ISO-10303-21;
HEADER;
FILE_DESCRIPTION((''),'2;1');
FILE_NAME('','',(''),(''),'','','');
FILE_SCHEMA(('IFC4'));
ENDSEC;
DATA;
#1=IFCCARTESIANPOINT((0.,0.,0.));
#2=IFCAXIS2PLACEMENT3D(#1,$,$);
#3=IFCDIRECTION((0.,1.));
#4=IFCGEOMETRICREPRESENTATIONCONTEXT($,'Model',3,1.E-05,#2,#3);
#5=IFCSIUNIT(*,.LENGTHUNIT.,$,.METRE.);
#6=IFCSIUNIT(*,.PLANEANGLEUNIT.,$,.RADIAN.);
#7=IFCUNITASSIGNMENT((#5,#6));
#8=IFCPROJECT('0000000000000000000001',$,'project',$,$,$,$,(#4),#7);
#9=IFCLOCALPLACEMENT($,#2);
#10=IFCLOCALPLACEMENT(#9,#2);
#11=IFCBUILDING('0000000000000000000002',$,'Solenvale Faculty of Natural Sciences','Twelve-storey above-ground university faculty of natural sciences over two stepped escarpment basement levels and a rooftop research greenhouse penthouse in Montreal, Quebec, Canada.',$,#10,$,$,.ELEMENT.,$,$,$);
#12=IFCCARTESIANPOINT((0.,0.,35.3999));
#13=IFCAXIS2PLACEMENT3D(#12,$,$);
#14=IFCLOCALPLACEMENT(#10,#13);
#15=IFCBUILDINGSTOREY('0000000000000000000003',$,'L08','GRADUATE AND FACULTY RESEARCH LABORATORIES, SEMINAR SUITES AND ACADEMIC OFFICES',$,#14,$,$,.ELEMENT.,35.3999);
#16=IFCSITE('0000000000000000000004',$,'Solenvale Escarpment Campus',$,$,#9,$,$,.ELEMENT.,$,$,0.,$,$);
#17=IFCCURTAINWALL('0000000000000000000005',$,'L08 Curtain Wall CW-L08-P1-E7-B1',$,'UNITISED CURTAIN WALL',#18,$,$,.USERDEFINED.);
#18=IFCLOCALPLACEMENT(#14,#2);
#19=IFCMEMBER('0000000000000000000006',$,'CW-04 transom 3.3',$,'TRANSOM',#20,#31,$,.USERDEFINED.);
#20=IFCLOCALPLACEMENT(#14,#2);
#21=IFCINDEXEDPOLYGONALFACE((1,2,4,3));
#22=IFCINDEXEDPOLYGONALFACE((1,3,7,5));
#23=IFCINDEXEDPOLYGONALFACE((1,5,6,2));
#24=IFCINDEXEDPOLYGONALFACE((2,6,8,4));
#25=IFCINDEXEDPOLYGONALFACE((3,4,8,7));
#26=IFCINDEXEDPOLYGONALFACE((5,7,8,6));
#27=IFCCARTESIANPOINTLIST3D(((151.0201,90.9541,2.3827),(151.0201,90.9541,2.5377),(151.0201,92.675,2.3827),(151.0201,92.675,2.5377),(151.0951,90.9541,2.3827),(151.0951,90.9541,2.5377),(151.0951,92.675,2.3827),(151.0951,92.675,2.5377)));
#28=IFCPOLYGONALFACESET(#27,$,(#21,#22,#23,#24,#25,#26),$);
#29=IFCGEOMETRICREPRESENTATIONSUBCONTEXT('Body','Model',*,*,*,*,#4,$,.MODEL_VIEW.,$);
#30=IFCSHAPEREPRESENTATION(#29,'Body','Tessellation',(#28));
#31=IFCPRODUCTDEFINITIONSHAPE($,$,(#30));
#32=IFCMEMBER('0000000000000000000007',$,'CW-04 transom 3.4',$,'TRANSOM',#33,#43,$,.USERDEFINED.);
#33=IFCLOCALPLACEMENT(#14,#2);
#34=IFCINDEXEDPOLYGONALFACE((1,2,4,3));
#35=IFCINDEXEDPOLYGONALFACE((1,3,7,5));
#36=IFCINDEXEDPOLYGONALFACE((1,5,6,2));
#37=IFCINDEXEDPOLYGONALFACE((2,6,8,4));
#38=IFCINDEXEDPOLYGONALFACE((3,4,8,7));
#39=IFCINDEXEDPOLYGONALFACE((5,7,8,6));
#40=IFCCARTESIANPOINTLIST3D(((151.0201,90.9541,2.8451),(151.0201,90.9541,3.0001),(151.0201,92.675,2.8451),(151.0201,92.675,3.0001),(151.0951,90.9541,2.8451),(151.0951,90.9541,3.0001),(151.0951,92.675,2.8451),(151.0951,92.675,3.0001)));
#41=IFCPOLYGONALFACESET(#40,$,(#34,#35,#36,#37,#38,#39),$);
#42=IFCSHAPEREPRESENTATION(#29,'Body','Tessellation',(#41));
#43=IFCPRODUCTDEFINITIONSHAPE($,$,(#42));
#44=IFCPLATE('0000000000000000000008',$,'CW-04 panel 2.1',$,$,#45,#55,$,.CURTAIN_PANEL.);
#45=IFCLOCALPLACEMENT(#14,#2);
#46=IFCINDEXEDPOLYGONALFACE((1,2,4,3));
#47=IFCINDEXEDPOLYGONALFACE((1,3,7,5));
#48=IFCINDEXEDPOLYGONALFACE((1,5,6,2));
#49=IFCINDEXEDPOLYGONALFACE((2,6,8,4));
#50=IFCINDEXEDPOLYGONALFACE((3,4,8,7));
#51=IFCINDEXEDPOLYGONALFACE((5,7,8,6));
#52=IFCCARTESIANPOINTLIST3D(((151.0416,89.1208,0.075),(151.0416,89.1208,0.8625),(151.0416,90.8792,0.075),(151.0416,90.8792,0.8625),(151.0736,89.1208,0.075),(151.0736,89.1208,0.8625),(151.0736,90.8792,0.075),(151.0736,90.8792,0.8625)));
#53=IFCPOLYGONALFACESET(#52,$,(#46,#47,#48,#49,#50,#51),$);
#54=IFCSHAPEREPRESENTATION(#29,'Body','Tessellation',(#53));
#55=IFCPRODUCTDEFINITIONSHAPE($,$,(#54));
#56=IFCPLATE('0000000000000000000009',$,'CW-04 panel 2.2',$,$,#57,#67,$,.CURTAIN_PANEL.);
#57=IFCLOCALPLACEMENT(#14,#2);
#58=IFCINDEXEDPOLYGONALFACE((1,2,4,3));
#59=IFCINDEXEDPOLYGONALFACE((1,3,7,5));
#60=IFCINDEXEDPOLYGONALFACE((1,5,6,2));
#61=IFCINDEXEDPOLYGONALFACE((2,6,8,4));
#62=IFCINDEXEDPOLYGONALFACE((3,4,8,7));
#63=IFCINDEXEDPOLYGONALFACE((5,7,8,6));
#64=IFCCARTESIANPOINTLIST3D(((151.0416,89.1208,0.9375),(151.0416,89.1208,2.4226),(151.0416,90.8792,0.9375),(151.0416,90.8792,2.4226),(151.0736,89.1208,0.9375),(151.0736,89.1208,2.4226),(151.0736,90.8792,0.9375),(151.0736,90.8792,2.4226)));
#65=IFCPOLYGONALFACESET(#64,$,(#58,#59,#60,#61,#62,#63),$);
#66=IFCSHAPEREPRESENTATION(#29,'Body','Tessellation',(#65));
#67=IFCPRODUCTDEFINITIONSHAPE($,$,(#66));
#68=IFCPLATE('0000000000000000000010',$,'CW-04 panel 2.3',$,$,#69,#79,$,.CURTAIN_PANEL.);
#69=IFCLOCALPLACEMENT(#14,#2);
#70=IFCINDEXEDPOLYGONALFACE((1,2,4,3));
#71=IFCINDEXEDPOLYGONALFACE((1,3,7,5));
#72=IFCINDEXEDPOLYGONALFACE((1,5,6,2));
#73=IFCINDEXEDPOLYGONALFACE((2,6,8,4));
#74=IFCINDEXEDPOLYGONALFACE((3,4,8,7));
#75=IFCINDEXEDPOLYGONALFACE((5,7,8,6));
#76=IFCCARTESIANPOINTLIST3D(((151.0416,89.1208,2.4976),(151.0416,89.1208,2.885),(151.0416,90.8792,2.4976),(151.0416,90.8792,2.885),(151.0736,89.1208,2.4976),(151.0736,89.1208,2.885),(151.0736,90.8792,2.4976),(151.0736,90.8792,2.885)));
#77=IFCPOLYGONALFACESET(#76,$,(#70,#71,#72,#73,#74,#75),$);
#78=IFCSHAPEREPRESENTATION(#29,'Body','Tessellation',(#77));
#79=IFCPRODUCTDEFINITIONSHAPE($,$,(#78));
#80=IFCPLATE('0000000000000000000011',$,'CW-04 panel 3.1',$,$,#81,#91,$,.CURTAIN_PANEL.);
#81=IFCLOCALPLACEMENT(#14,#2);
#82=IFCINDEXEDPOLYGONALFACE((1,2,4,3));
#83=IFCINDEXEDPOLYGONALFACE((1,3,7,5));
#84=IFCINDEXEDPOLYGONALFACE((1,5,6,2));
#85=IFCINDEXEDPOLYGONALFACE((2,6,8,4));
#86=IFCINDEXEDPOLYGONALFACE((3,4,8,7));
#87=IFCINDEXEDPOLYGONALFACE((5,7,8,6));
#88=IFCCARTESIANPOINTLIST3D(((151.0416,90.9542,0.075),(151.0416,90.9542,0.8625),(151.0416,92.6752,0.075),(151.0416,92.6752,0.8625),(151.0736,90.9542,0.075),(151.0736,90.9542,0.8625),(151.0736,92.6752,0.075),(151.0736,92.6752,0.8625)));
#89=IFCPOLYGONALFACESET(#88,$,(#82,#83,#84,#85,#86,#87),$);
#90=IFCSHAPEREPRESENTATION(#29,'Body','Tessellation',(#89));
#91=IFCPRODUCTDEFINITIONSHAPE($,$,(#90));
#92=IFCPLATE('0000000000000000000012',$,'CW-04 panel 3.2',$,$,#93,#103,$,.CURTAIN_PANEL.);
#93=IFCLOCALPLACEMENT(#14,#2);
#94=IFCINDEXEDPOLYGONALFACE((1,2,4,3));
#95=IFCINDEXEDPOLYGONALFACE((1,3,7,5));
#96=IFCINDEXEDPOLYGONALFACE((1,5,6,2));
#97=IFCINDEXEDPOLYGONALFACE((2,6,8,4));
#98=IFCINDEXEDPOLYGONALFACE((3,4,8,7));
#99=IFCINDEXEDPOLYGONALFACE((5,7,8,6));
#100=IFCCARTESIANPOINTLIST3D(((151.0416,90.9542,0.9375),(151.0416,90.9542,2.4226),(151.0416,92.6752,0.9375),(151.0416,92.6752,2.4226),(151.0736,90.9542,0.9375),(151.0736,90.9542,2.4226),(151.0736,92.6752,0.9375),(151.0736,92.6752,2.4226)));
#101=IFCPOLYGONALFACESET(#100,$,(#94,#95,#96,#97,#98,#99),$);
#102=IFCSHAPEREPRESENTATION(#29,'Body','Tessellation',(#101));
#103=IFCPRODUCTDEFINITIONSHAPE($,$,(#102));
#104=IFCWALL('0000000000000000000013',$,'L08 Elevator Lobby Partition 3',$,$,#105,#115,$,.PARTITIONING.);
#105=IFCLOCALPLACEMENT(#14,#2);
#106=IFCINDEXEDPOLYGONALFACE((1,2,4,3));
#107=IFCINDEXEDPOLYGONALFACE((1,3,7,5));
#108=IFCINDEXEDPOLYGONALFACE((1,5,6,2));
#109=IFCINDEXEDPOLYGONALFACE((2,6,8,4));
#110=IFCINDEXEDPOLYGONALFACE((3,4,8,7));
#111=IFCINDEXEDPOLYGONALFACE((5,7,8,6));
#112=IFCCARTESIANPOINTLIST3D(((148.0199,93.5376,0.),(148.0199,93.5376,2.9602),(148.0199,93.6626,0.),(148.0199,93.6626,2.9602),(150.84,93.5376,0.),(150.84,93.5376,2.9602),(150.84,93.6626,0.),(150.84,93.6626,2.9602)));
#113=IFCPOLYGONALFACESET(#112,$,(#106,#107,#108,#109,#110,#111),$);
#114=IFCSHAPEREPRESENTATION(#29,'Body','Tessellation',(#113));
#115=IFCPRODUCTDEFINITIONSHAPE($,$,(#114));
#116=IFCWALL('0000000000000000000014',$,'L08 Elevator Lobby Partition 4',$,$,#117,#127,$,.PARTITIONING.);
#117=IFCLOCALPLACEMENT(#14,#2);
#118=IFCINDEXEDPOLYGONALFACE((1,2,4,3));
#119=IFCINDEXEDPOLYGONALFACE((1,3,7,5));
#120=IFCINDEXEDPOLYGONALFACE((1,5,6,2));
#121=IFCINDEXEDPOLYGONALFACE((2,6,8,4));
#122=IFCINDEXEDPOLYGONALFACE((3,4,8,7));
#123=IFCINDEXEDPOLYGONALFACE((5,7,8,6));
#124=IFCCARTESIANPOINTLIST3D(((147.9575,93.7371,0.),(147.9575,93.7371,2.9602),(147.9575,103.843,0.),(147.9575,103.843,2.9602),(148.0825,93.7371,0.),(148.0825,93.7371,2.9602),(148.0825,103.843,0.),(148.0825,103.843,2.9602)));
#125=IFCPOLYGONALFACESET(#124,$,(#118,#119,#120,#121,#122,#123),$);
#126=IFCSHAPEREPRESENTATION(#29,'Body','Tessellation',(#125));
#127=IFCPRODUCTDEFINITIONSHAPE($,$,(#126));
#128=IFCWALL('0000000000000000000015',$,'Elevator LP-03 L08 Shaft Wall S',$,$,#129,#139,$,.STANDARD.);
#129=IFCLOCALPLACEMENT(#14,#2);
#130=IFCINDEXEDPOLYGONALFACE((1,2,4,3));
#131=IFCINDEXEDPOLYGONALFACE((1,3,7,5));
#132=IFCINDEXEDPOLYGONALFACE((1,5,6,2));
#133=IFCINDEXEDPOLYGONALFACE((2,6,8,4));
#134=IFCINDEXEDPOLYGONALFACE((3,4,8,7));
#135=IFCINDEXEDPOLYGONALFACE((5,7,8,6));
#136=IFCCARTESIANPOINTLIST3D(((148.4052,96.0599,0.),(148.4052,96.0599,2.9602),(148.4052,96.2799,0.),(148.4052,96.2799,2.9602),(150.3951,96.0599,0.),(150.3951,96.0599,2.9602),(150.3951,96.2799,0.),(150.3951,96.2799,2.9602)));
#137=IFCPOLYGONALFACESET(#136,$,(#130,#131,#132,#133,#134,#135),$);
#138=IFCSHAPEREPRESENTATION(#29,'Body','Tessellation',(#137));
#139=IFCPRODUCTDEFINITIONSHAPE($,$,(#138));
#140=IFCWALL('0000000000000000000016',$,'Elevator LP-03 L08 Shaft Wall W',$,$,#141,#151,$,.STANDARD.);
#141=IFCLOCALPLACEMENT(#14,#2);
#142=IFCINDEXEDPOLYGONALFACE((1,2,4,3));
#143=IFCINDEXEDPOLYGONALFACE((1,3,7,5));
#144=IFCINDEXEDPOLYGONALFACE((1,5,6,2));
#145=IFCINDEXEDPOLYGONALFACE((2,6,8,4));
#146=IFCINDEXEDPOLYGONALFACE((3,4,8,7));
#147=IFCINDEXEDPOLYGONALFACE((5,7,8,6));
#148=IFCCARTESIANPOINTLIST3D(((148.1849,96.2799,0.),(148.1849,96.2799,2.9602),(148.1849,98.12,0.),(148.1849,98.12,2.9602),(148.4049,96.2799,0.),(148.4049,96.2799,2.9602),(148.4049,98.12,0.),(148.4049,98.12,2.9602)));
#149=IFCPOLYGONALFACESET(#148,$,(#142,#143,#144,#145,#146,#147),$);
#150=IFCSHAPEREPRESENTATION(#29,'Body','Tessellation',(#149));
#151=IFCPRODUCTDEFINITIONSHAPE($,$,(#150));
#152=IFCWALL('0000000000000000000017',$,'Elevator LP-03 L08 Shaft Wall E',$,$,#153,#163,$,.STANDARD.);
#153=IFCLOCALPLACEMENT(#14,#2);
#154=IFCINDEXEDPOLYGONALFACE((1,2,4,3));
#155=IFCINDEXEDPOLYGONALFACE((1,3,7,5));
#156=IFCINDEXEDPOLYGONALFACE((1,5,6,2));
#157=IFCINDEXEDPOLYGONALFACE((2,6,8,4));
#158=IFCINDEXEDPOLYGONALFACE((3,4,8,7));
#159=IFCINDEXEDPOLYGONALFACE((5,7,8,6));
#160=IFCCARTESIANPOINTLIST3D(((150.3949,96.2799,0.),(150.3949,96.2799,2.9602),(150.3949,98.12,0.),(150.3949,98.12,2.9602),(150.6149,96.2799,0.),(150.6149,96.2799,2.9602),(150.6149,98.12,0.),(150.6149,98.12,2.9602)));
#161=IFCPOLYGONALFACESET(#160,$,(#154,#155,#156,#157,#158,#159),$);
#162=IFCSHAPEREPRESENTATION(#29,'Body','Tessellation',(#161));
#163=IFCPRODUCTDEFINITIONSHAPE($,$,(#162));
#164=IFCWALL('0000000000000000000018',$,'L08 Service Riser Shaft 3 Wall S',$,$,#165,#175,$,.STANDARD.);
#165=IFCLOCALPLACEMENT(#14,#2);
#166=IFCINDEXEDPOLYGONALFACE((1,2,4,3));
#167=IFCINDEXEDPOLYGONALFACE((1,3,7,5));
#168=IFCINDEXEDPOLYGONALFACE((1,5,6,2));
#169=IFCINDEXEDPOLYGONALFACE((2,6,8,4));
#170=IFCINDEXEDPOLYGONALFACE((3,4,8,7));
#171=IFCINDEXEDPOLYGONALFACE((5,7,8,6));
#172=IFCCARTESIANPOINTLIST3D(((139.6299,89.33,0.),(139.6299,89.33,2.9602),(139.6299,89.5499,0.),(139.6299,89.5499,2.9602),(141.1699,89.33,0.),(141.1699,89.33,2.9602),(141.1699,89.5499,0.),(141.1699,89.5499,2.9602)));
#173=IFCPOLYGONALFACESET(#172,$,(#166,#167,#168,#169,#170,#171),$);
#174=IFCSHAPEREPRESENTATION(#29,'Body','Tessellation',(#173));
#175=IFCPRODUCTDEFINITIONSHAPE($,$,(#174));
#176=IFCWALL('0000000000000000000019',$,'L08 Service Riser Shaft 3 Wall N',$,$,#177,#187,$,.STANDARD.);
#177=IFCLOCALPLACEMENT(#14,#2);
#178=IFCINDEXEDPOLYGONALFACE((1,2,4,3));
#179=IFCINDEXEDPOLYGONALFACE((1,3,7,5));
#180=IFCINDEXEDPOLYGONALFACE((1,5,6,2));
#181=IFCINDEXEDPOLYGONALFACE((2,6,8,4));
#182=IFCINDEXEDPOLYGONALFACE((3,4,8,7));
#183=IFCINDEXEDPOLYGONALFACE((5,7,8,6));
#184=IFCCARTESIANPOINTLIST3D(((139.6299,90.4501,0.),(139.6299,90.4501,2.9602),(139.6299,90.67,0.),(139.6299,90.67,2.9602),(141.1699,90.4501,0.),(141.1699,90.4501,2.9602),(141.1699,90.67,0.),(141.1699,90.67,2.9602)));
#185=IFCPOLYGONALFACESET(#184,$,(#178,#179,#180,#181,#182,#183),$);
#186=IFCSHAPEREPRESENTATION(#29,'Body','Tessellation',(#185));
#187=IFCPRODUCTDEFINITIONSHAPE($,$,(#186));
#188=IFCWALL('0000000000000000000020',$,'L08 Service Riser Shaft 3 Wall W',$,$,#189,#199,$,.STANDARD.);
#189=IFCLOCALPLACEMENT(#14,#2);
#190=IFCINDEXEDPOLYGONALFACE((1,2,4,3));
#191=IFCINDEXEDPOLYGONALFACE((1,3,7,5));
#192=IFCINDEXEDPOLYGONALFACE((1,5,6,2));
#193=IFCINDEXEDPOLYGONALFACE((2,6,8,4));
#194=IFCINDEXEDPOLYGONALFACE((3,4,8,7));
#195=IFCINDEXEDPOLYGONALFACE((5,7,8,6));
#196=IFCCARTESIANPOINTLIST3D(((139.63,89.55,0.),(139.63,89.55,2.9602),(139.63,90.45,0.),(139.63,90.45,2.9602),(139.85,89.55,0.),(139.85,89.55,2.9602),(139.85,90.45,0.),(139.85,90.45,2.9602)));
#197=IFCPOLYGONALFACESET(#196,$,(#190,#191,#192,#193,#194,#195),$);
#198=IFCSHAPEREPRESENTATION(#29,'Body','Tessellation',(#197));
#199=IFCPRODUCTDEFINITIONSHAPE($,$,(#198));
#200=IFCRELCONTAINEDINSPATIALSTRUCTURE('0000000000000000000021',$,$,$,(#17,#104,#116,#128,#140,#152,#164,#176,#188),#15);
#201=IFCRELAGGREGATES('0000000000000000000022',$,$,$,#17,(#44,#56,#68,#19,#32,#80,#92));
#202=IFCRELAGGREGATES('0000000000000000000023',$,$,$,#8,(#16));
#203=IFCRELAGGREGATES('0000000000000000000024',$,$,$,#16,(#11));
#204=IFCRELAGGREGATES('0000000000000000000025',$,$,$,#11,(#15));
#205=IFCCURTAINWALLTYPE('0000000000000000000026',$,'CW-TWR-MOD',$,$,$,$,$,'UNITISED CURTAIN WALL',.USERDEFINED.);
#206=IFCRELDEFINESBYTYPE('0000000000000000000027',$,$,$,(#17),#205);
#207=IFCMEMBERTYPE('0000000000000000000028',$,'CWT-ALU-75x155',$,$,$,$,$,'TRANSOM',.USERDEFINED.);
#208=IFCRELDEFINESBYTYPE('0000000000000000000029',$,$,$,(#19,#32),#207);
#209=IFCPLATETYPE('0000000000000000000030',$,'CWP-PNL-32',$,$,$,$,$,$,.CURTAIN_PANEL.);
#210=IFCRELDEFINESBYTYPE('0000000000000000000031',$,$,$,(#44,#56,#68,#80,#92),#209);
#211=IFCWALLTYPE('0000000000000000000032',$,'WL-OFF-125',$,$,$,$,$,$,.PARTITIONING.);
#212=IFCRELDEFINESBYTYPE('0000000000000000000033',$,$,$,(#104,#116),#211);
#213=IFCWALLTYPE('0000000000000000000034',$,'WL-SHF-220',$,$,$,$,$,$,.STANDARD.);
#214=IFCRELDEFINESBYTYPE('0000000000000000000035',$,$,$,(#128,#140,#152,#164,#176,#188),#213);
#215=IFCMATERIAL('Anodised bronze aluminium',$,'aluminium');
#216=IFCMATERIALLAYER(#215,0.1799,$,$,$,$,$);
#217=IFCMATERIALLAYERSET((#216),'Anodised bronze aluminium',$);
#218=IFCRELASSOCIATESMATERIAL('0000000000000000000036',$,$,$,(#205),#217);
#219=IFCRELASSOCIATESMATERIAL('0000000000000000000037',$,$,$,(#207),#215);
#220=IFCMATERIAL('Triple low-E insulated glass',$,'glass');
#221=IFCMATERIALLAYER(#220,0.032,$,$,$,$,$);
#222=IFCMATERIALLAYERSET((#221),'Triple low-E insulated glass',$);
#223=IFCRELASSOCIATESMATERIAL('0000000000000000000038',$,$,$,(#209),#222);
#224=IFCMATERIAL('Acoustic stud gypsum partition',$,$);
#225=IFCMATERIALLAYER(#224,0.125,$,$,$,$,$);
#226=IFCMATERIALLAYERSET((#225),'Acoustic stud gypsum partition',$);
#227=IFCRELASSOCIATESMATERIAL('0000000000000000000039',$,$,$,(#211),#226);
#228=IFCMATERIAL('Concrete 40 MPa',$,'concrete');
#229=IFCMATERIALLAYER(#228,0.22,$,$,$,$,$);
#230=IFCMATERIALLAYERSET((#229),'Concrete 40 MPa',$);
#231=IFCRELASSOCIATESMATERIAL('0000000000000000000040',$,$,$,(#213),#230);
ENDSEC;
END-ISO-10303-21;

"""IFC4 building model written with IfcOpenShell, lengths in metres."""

from ifc_helpers import new_model, si_unit, direction, frame, frame_2d, origin, origin_2d, place, context, subcontext, project, spatial, rectangle, extrude, material, layer, layer_set, material_profile, profile_set, type_object, element, aggregate, save


model = new_model("IFC4")

# Units and contexts
model_context = context("Model", 3, precision=1e-05, world=origin(), true_north=direction((0.0, 1.0)))
body_context = subcontext(model_context, "Body", "Model", "MODEL_VIEW")
ifc_project = project(units=[si_unit("LENGTHUNIT", "METRE"), si_unit("PLANEANGLEUNIT", "RADIAN")], contexts=[model_context])

# Site, building, storey
site_placement = place(None, origin())
site = spatial("IfcSite", under=ifc_project, at=site_placement, Name="Solenvale Escarpment Campus", CompositionType="ELEMENT", RefElevation=0.0)
building_placement = place(site_placement, origin())
building = spatial("IfcBuilding", under=site, at=building_placement, Name="Solenvale Faculty of Natural Sciences", Description="Twelve-storey above-ground university faculty of natural sciences over two stepped escarpment basement levels and a rooftop research greenhouse penthouse in Montreal, Quebec, Canada.", CompositionType="ELEMENT")
storey_placement = place(building_placement, frame((0.0, 0.0, 35.3999)))
storey = spatial("IfcBuildingStorey", under=building, at=storey_placement, Name="L08", Description="GRADUATE AND FACULTY RESEARCH LABORATORIES, SEMINAR SUITES AND ACADEMIC OFFICES", CompositionType="ELEMENT", Elevation=35.3999)

# Shared definitions
ifc_material_1 = material(Name="Concrete 40 MPa", Category="concrete")

# Curtain wall, members, plates
ifc_material_2 = material(Name="Anodised bronze aluminium", Category="aluminium")
ifc_layer_1 = layer(ifc_material_2, 0.1799)
ifc_layer_set_1 = layer_set([ifc_layer_1], Name="Anodised bronze aluminium")
curtain_wall_type = type_object("IfcCurtainWallType", Name="CW-TWR-MOD", ElementType="UNITISED CURTAIN WALL", PredefinedType="USERDEFINED", material=ifc_layer_set_1)
curtain_wall_placement = place(storey_placement, origin())
curtain_wall = element("IfcCurtainWall", 1, at=curtain_wall_placement, inside=storey, type_object=curtain_wall_type, Name="L08 Curtain Wall CW-L08-P1-E7-B1", ObjectType="UNITISED CURTAIN WALL", PredefinedType="USERDEFINED")
ifc_material_profile_1 = material_profile(ifc_material_2, rectangle(XDim=0.075, YDim=0.155, at=origin_2d()), Name="ALU-TRN-75x155")
ifc_profile_set_1 = profile_set([ifc_material_profile_1], Name="Anodised bronze aluminium")
member_type_1 = type_object("IfcMemberType", Name="CWT-ALU-75x155", ElementType="TRANSOM", PredefinedType="USERDEFINED", material=ifc_profile_set_1)
member_1_placement = place(storey_placement, frame((151.0576, 90.9541, 2.4602), z_axis=(0.0, 1.0, 0.0), x_axis=(-1.0, 0.0, 0.0)))
member_1 = element("IfcMember", 2, at=member_1_placement, type_object=member_type_1, Name="CW-04 transom 3.3", ObjectType="TRANSOM", PredefinedType="USERDEFINED", context=body_context, shape_type="SweptSolid", body=[
    extrude(rectangle(XDim=0.075, YDim=0.155, at=origin_2d()), origin(), (0.0, 0.0, 1.0), 1.7209),
])
member_2_placement = place(storey_placement, frame((151.0576, 90.9541, 2.9226), z_axis=(0.0, 1.0, 0.0), x_axis=(-1.0, 0.0, 0.0)))
member_2 = element("IfcMember", 3, at=member_2_placement, type_object=member_type_1, Name="CW-04 transom 3.4", ObjectType="TRANSOM", PredefinedType="USERDEFINED", context=body_context, shape_type="SweptSolid", body=[
    extrude(rectangle(XDim=0.075, YDim=0.155, at=origin_2d()), origin(), (0.0, 0.0, 1.0), 1.7209),
])
ifc_material_3 = material(Name="Triple low-E insulated glass", Category="glass")
ifc_layer_2 = layer(ifc_material_3, 0.032)
ifc_layer_set_2 = layer_set([ifc_layer_2], Name="Triple low-E insulated glass")
plate_type = type_object("IfcPlateType", Name="CWP-PNL-32", PredefinedType="CURTAIN_PANEL", material=ifc_layer_set_2)
plate_1_placement = place(storey_placement, frame((151.0576, 90.0, 0.075), z_axis=(0.0, 0.0, 1.0), x_axis=(0.0, 1.0, 0.0)))
plate_1 = element("IfcPlate", 4, at=plate_1_placement, type_object=plate_type, Name="CW-04 panel 2.1", PredefinedType="CURTAIN_PANEL", context=body_context, shape_type="SweptSolid", body=[
    extrude(rectangle(XDim=1.7583, YDim=0.032, at=origin_2d()), origin(), (0.0, 0.0, 1.0), 0.7876),
])
plate_2_placement = place(storey_placement, frame((151.0576, 90.0, 0.9375), z_axis=(0.0, 0.0, 1.0), x_axis=(0.0, 1.0, 0.0)))
plate_2 = element("IfcPlate", 5, at=plate_2_placement, type_object=plate_type, Name="CW-04 panel 2.2", PredefinedType="CURTAIN_PANEL", context=body_context, shape_type="SweptSolid", body=[
    extrude(rectangle(XDim=1.7583, YDim=0.032, at=origin_2d()), origin(), (0.0, 0.0, 1.0), 1.4851),
])
plate_3_placement = place(storey_placement, frame((151.0576, 90.0, 2.4976), z_axis=(0.0, 0.0, 1.0), x_axis=(0.0, 1.0, 0.0)))
plate_3 = element("IfcPlate", 6, at=plate_3_placement, type_object=plate_type, Name="CW-04 panel 2.3", PredefinedType="CURTAIN_PANEL", context=body_context, shape_type="SweptSolid", body=[
    extrude(rectangle(XDim=1.7583, YDim=0.032, at=origin_2d()), origin(), (0.0, 0.0, 1.0), 0.3875),
])
plate_4_placement = place(storey_placement, frame((151.0576, 91.8147, 0.075), z_axis=(0.0, 0.0, 1.0), x_axis=(0.0, 1.0, 0.0)))
plate_4 = element("IfcPlate", 7, at=plate_4_placement, type_object=plate_type, Name="CW-04 panel 3.1", PredefinedType="CURTAIN_PANEL", context=body_context, shape_type="SweptSolid", body=[
    extrude(rectangle(XDim=1.7209, YDim=0.032, at=origin_2d()), origin(), (0.0, 0.0, 1.0), 0.7876),
])
plate_5_placement = place(storey_placement, frame((151.0576, 91.8147, 0.9375), z_axis=(0.0, 0.0, 1.0), x_axis=(0.0, 1.0, 0.0)))
plate_5 = element("IfcPlate", 8, at=plate_5_placement, type_object=plate_type, Name="CW-04 panel 3.2", PredefinedType="CURTAIN_PANEL", context=body_context, shape_type="SweptSolid", body=[
    extrude(rectangle(XDim=1.7209, YDim=0.032, at=origin_2d()), origin(), (0.0, 0.0, 1.0), 1.4851),
])
aggregate(curtain_wall, [plate_1, plate_2, plate_3, member_1, member_2, plate_4, plate_5])

# Walls
ifc_material_4 = material(Name="Acoustic stud gypsum partition")
ifc_layer_3 = layer(ifc_material_4, 0.125)
ifc_layer_set_3 = layer_set([ifc_layer_3], Name="Acoustic stud gypsum partition")
wall_type_1 = type_object("IfcWallType", Name="WL-OFF-125", PredefinedType="PARTITIONING", material=ifc_layer_set_3)
wall_1_placement = place(storey_placement, frame((150.8401, 93.6001, 0.0), z_axis=(0.0, 0.0, 1.0), x_axis=(-1.0, 0.0, 0.0)))
element("IfcWall", 9, at=wall_1_placement, inside=storey, type_object=wall_type_1, Name="L08 Elevator Lobby Partition 3", PredefinedType="PARTITIONING", context=body_context, shape_type="SweptSolid", body=[
    extrude(rectangle(XDim=2.8201, YDim=0.125, at=frame_2d((1.4102, 0.0))), origin(), (0.0, 0.0, 1.0), 2.9602),
])
wall_2_placement = place(storey_placement, frame((148.02, 93.7371, 0.0), z_axis=(0.0, 0.0, 1.0), x_axis=(0.0, 1.0, 0.0)))
element("IfcWall", 10, at=wall_2_placement, inside=storey, type_object=wall_type_1, Name="L08 Elevator Lobby Partition 4", PredefinedType="PARTITIONING", context=body_context, shape_type="SweptSolid", body=[
    extrude(rectangle(XDim=10.106, YDim=0.125, at=frame_2d((5.053, 0.0))), origin(), (0.0, 0.0, 1.0), 2.9602),
])

# Wall
ifc_layer_4 = layer(ifc_material_1, 0.22)
ifc_layer_set_4 = layer_set([ifc_layer_4], Name="Concrete 40 MPa")
wall_type_2 = type_object("IfcWallType", Name="WL-SHF-220", PredefinedType="STANDARD", material=ifc_layer_set_4)
wall_3_placement = place(storey_placement, frame((148.405, 96.1699, 0.0), z_axis=(0.0, 0.0, 1.0), x_axis=(1.0, 0.0, 0.0)))
element("IfcWall", 11, at=wall_3_placement, inside=storey, type_object=wall_type_2, Name="Elevator LP-03 L08 Shaft Wall S", PredefinedType="STANDARD", context=body_context, shape_type="SweptSolid", body=[
    extrude(rectangle(XDim=1.99, YDim=0.22, at=frame_2d((0.9951, 0.0))), origin(), (0.0, 0.0, 1.0), 2.9602),
])

# Walls
for number, where, z_axis, x_axis, name in (
    (12, (148.2949, 96.28, 0.0), (0.0, 0.0, 1.0), (0.0, 1.0, 0.0), "Elevator LP-03 L08 Shaft Wall W"),
    (13, (150.5049, 96.28, 0.0), (0.0, 0.0, 1.0), (0.0, 1.0, 0.0), "Elevator LP-03 L08 Shaft Wall E"),
):
    element("IfcWall", number, at=place(storey_placement, frame(where, z_axis=z_axis, x_axis=x_axis)), inside=storey, type_object=wall_type_2, Name=name, PredefinedType="STANDARD", context=body_context, shape_type="SweptSolid", body=[
        extrude(rectangle(XDim=1.8401, YDim=0.22, at=frame_2d((0.9199, 0.0))), origin(), (0.0, 0.0, 1.0), 2.9602),
    ])
for number, where, z_axis, x_axis, name in (
    (14, (139.6299, 89.4399, 0.0), (0.0, 0.0, 1.0), (1.0, 0.0, 0.0), "L08 Service Riser Shaft 3 Wall S"),
    (15, (139.6299, 90.5601, 0.0), (0.0, 0.0, 1.0), (1.0, 0.0, 0.0), "L08 Service Riser Shaft 3 Wall N"),
):
    element("IfcWall", number, at=place(storey_placement, frame(where, z_axis=z_axis, x_axis=x_axis)), inside=storey, type_object=wall_type_2, Name=name, PredefinedType="STANDARD", context=body_context, shape_type="SweptSolid", body=[
        extrude(rectangle(XDim=1.54, YDim=0.22, at=frame_2d((0.77, 0.0))), origin(), (0.0, 0.0, 1.0), 2.9602),
    ])
for number, where, z_axis, x_axis, name in (
    (16, (139.74, 89.55, 0.0), (0.0, 0.0, 1.0), (0.0, 1.0, 0.0), "L08 Service Riser Shaft 3 Wall W"),
):
    element("IfcWall", number, at=place(storey_placement, frame(where, z_axis=z_axis, x_axis=x_axis)), inside=storey, type_object=wall_type_2, Name=name, PredefinedType="STANDARD", context=body_context, shape_type="SweptSolid", body=[
        extrude(rectangle(XDim=0.8999, YDim=0.22, at=frame_2d((0.45, 0.0))), origin(), (0.0, 0.0, 1.0), 2.9602),
    ])

save(model, "model.ifc")
